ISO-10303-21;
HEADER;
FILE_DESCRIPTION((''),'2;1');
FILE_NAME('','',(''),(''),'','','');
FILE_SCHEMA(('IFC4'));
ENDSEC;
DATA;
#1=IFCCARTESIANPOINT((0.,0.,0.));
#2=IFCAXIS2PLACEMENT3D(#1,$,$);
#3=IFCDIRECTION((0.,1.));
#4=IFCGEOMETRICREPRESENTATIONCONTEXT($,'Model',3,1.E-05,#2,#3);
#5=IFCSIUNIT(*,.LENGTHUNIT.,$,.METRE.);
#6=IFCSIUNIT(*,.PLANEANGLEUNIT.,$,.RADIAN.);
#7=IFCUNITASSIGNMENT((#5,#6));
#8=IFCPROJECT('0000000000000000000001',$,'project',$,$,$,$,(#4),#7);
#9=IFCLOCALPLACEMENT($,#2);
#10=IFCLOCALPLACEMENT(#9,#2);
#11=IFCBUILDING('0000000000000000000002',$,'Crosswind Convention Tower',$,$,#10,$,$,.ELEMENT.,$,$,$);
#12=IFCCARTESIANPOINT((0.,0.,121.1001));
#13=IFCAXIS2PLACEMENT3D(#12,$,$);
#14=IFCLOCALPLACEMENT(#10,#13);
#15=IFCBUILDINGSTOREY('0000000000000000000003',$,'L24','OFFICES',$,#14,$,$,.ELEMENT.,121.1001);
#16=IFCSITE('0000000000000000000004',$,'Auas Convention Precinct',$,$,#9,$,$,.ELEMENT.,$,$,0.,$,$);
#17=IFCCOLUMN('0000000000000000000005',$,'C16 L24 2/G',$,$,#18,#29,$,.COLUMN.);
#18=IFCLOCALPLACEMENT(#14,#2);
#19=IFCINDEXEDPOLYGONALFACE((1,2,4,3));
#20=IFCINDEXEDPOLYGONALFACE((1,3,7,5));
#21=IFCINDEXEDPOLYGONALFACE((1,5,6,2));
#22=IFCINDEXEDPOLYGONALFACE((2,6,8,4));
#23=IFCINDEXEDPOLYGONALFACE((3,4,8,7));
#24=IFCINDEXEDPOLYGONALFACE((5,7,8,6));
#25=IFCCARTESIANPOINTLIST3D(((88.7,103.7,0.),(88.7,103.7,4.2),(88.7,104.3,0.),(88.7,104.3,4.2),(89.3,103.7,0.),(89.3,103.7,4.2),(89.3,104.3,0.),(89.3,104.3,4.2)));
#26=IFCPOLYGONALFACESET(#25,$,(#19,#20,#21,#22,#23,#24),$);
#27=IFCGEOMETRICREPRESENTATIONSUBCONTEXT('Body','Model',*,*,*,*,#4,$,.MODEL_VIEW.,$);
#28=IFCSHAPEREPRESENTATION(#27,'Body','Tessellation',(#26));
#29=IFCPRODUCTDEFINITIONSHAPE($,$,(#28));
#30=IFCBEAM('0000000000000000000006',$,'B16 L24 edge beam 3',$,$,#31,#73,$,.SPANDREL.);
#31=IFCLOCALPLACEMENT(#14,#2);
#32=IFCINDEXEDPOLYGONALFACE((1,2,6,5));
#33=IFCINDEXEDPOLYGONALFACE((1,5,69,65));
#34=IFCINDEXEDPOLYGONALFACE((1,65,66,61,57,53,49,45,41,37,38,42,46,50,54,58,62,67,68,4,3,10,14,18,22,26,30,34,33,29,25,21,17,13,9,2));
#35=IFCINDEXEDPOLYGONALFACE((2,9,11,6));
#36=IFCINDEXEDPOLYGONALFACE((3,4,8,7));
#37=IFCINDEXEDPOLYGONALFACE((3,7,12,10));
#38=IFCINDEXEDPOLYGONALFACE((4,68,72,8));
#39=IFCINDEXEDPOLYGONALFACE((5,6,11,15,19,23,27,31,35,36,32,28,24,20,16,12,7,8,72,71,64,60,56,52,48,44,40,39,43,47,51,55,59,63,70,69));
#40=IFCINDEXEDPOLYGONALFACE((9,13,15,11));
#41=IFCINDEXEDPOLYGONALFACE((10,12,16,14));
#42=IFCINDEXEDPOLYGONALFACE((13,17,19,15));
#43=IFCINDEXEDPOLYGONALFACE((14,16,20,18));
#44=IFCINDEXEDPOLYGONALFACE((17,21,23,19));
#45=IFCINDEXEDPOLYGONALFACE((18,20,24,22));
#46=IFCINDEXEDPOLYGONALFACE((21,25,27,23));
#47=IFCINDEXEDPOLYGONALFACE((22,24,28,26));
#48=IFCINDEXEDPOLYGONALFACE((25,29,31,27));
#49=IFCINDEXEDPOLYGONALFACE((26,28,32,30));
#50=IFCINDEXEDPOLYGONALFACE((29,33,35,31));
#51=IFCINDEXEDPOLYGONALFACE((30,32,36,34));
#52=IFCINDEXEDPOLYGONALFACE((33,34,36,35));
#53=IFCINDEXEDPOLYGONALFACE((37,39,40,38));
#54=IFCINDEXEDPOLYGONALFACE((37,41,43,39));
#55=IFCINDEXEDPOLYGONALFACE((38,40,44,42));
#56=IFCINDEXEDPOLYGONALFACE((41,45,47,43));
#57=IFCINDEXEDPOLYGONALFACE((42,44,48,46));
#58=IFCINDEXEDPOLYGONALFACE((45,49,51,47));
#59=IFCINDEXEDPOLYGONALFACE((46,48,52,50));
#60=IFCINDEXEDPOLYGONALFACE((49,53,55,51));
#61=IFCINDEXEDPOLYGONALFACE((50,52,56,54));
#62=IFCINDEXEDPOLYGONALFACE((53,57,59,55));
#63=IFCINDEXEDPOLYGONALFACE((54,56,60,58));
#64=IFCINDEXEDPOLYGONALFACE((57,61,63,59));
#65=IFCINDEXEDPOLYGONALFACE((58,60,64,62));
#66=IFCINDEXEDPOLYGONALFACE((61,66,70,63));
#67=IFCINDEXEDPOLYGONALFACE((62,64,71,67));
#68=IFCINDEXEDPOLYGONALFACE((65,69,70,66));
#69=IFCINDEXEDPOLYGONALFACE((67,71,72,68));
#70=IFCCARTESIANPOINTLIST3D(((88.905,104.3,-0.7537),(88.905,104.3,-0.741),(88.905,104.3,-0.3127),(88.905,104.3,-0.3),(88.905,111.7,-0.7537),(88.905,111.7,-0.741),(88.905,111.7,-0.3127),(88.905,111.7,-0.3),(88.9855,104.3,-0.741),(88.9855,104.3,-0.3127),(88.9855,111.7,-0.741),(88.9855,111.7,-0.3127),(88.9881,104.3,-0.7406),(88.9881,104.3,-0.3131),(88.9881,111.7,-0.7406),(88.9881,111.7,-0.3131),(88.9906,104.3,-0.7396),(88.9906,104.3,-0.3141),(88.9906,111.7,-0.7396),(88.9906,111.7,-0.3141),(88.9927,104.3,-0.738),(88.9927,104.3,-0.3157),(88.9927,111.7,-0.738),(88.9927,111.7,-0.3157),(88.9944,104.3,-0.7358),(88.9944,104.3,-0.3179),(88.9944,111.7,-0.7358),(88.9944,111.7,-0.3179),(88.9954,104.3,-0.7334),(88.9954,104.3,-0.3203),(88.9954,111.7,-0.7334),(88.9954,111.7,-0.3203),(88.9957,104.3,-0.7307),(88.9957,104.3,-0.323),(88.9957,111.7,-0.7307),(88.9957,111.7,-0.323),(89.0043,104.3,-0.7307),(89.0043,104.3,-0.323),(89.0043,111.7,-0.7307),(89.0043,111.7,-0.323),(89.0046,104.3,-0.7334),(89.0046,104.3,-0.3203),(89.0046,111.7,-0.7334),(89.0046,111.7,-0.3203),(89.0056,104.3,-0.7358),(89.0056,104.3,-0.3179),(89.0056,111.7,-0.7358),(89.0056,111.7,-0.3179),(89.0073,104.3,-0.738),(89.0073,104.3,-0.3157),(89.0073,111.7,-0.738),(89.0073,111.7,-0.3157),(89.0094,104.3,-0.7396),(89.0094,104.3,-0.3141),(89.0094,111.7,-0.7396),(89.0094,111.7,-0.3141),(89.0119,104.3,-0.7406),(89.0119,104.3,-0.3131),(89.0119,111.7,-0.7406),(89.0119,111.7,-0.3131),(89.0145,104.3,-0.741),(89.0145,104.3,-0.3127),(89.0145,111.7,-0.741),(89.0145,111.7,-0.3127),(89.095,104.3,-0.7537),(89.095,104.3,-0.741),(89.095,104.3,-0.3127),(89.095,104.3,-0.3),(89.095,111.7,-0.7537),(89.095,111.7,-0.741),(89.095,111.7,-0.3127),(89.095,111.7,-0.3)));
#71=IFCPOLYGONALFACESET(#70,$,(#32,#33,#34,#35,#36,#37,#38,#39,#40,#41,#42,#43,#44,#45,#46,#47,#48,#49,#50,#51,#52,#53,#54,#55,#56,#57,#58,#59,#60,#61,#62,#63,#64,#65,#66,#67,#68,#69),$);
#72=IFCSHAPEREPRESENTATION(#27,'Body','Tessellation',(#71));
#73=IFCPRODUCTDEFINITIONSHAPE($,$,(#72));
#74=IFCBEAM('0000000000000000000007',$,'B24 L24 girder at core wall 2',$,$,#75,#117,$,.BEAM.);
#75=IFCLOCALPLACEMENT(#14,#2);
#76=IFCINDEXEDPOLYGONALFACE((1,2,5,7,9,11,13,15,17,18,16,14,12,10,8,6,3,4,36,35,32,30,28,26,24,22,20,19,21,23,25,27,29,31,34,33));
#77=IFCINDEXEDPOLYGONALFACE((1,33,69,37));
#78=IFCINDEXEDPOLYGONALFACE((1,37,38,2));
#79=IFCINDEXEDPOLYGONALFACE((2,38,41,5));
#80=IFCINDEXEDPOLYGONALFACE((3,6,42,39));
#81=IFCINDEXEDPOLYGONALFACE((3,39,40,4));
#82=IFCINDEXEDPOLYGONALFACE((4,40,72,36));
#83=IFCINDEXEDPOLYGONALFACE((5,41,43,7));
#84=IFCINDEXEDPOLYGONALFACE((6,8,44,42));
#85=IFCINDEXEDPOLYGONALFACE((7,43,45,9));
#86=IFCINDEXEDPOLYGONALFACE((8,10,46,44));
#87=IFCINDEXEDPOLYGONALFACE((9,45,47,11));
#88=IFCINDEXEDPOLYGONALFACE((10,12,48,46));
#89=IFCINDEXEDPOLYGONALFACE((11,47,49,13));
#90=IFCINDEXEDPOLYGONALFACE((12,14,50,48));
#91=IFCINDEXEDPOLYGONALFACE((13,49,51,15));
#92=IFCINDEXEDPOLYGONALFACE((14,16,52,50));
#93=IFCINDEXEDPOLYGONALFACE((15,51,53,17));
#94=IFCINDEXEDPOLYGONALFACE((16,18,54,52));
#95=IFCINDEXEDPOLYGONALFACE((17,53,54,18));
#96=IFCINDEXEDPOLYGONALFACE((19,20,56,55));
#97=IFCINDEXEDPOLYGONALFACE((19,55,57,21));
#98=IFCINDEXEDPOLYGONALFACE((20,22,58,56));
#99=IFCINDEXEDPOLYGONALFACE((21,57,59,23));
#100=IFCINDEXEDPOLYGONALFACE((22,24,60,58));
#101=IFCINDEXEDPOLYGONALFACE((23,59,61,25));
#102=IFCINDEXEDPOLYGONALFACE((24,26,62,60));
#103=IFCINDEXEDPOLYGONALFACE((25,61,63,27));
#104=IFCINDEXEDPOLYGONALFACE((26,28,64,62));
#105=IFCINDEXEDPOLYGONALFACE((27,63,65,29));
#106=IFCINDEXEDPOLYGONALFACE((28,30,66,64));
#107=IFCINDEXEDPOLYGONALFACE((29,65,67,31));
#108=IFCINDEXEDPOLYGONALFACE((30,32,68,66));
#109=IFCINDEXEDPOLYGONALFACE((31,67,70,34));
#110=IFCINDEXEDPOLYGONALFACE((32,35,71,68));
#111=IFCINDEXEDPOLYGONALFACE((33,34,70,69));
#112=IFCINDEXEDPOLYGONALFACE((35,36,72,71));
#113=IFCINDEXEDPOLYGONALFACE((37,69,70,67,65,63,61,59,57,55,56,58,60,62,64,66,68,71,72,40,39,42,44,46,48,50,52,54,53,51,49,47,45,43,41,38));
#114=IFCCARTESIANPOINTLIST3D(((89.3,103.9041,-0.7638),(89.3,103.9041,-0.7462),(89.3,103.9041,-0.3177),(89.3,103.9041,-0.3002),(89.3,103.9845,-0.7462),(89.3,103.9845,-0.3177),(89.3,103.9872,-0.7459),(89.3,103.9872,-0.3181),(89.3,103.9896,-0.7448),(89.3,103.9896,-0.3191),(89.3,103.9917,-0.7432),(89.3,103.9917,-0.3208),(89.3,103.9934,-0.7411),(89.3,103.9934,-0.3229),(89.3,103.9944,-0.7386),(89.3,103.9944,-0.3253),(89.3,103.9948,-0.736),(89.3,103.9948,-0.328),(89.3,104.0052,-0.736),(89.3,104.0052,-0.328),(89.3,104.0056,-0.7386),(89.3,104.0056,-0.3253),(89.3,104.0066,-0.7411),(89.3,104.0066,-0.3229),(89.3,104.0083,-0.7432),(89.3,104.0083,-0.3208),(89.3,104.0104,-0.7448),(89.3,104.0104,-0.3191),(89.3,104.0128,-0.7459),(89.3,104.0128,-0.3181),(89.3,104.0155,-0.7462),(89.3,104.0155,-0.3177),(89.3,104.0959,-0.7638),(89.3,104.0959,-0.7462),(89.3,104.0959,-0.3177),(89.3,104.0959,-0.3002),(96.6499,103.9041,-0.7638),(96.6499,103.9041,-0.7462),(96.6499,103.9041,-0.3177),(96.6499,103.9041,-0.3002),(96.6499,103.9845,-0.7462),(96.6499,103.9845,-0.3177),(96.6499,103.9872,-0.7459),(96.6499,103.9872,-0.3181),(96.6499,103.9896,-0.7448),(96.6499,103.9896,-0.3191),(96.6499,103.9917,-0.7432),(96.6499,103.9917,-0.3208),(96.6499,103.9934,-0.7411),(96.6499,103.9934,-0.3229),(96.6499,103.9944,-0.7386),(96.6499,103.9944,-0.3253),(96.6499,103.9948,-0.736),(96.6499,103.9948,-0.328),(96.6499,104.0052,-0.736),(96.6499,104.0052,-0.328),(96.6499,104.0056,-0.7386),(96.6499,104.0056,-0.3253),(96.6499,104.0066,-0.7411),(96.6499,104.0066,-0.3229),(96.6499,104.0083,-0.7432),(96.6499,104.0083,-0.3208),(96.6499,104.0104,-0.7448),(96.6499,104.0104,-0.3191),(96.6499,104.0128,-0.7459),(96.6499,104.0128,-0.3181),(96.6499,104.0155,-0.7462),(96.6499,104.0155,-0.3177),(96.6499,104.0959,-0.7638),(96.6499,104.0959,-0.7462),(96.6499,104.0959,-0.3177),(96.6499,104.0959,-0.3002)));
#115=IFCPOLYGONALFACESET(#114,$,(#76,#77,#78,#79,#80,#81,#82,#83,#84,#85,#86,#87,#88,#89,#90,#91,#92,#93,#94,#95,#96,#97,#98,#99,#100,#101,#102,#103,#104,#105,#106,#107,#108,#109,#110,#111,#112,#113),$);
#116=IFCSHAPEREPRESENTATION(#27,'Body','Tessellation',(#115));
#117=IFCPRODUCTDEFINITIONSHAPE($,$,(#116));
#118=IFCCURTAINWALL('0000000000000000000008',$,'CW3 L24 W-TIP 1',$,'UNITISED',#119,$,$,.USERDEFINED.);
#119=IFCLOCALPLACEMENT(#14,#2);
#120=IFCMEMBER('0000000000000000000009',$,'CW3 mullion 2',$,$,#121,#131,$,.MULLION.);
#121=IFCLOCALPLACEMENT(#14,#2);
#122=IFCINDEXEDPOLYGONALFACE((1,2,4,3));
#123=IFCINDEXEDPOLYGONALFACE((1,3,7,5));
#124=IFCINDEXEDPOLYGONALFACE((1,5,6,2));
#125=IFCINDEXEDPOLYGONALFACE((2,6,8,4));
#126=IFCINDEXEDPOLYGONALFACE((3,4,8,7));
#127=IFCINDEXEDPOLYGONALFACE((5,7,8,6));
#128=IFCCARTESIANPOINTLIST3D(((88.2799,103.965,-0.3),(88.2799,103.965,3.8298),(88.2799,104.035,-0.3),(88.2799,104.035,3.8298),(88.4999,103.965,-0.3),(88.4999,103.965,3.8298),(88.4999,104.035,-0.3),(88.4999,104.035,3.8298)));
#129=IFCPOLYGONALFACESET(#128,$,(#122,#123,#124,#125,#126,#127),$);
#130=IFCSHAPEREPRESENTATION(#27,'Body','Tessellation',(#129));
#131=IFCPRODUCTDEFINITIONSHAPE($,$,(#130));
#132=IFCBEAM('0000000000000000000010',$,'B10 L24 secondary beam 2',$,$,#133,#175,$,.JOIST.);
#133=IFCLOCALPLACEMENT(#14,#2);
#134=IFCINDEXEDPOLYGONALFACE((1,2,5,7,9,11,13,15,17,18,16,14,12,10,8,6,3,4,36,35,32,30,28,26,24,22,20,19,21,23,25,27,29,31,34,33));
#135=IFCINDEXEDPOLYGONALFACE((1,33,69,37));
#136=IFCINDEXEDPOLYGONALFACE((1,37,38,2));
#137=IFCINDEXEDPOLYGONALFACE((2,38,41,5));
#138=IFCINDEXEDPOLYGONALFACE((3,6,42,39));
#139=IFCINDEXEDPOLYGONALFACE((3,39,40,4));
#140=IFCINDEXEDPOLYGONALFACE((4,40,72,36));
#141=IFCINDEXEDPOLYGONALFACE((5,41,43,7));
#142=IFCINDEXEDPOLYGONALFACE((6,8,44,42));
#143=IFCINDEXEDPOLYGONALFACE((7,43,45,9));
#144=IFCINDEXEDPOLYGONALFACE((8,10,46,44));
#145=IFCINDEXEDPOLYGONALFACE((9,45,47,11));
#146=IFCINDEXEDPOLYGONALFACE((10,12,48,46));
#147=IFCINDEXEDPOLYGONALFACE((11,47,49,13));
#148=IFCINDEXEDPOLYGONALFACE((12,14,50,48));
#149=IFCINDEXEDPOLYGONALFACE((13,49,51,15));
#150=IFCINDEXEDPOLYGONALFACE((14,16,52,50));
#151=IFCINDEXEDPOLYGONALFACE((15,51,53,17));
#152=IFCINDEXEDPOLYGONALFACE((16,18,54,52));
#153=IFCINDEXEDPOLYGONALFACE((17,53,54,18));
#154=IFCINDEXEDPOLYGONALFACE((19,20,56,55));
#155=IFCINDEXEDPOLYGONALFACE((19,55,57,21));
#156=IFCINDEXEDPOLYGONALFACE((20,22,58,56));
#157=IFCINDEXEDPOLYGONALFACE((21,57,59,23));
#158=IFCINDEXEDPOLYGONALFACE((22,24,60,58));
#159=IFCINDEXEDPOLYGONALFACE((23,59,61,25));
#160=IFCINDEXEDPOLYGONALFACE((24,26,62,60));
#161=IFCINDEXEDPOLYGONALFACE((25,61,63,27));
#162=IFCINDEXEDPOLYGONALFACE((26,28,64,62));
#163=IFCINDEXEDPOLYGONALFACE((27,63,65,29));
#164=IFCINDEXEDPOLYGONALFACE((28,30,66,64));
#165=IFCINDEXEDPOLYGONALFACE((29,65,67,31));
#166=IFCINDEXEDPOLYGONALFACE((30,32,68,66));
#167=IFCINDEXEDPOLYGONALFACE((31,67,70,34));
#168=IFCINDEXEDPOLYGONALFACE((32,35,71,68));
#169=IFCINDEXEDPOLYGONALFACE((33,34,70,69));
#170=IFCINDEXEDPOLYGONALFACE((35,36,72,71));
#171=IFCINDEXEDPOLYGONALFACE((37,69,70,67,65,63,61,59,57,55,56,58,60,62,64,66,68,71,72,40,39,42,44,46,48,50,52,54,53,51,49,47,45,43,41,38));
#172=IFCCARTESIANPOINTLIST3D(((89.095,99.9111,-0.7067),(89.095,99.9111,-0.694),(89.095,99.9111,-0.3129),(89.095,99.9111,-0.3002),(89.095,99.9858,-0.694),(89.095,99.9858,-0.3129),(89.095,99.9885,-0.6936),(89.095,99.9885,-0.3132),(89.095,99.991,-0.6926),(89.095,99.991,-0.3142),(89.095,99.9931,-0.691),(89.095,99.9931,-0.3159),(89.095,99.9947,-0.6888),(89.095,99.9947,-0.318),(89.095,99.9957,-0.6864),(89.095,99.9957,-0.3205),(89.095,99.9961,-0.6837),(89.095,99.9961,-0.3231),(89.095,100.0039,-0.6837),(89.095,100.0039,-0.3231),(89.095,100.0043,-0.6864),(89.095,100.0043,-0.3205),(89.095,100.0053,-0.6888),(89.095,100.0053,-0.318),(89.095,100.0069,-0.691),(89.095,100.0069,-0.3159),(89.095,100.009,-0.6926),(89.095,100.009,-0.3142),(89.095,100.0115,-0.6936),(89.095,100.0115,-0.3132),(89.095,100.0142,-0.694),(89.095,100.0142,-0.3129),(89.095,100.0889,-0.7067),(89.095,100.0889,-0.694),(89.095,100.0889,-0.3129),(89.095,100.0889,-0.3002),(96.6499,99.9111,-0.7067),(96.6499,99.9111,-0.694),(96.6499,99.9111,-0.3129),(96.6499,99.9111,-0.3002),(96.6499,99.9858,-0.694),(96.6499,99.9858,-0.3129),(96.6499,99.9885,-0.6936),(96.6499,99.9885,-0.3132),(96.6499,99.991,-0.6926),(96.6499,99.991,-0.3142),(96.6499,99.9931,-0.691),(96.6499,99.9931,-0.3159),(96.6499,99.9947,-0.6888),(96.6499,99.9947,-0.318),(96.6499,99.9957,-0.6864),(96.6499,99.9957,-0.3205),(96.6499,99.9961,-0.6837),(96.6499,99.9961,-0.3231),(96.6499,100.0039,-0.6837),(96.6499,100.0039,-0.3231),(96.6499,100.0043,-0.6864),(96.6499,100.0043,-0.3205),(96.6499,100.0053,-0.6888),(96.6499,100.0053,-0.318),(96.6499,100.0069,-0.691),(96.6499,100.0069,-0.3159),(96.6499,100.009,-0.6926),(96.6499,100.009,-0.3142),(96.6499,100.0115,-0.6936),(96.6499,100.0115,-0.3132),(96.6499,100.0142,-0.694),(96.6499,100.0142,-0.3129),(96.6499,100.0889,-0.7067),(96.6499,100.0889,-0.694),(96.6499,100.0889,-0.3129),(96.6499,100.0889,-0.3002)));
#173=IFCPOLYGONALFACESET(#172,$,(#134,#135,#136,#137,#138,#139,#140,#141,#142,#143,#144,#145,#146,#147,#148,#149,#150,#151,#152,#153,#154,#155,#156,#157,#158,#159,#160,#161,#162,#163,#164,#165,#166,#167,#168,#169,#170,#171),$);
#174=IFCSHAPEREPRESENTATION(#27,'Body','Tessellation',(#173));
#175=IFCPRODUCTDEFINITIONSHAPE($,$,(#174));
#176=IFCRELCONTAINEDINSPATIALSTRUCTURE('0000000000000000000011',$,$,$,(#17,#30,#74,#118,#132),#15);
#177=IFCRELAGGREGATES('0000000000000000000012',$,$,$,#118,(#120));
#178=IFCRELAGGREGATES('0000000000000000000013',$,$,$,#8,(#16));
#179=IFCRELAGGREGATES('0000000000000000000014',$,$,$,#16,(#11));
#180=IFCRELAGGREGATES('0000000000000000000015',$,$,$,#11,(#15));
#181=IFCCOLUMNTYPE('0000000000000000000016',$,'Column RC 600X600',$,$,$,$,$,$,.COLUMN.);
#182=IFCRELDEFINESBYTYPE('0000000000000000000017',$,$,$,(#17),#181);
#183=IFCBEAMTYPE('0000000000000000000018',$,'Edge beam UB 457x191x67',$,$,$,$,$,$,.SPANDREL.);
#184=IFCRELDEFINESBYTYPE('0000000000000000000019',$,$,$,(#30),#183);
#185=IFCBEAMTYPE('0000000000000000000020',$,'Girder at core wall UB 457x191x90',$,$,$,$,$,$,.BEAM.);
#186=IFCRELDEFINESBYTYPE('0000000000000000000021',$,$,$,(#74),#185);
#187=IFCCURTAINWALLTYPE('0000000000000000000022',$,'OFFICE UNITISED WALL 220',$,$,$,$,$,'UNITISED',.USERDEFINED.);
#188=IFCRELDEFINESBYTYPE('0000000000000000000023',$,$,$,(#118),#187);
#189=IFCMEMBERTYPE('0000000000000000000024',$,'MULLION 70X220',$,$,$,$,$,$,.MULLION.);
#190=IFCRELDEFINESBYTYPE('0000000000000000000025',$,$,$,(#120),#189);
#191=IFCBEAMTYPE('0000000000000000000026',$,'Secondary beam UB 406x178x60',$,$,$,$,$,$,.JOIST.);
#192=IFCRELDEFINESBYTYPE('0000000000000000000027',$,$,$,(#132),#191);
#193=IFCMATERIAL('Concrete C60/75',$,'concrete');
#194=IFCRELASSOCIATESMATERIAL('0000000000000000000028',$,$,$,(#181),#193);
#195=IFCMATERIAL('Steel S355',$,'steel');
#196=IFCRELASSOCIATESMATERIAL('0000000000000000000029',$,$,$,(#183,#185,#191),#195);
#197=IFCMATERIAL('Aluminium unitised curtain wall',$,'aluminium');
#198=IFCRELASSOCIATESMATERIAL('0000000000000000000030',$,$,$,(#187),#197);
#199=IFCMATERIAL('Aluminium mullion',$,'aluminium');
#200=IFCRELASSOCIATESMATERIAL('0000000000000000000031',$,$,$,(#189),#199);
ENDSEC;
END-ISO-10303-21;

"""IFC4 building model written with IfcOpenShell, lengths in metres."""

from ifc_helpers import new_model, si_unit, direction, frame, origin, origin_2d, place, context, subcontext, project, spatial, rectangle, i_section, extrude, material, material_profile, profile_set, type_object, element, aggregate, save


model = new_model("IFC4")

# Units and contexts
model_context = context("Model", 3, precision=1e-05, world=origin(), true_north=direction((0.0, 1.0)))
body_context = subcontext(model_context, "Body", "Model", "MODEL_VIEW")
ifc_project = project(units=[si_unit("LENGTHUNIT", "METRE"), si_unit("PLANEANGLEUNIT", "RADIAN")], contexts=[model_context])

# Site, building, storey
site_placement = place(None, origin())
site = spatial("IfcSite", under=ifc_project, at=site_placement, Name="Auas Convention Precinct", CompositionType="ELEMENT", RefElevation=0.0)
building_placement = place(site_placement, origin())
building = spatial("IfcBuilding", under=site, at=building_placement, Name="Crosswind Convention Tower", CompositionType="ELEMENT")
storey_placement = place(building_placement, frame((0.0, 0.0, 121.1001)))
storey = spatial("IfcBuildingStorey", under=building, at=storey_placement, Name="L24", Description="OFFICES", CompositionType="ELEMENT", Elevation=121.1001)

# Column
ifc_material_1 = material(Name="Concrete C60/75", Category="concrete")
ifc_material_profile_1 = material_profile(ifc_material_1, rectangle(XDim=0.6001, YDim=0.6001, at=origin_2d()), Name="RC 600X600")
ifc_profile_set_1 = profile_set([ifc_material_profile_1], Name="Concrete C60/75")
column_type = type_object("IfcColumnType", Name="Column RC 600X600", PredefinedType="COLUMN", material=ifc_profile_set_1)
column_placement = place(storey_placement, frame((89.0, 104.0, 0.0), z_axis=(0.0, 0.0, 1.0), x_axis=(1.0, 0.0, 0.0)))
element("IfcColumn", 1, at=column_placement, inside=storey, type_object=column_type, Name="C16 L24 2/G", PredefinedType="COLUMN", context=body_context, shape_type="SweptSolid", body=[
    extrude(rectangle(XDim=0.6001, YDim=0.6001, at=origin_2d()), origin(), (0.0, 0.0, 1.0), 4.2),
])

# Beams
ifc_material_2 = material(Name="Steel S355", Category="steel")
ifc_material_profile_2 = material_profile(ifc_material_2, i_section(OverallWidth=0.1899, OverallDepth=0.4536, WebThickness=0.0085, FlangeThickness=0.0127, FilletRadius=0.0103, at=origin_2d()), Name="UB 457x191x67")
ifc_profile_set_2 = profile_set([ifc_material_profile_2], Name="Steel S355")
beam_type_1 = type_object("IfcBeamType", Name="Edge beam UB 457x191x67", PredefinedType="SPANDREL", material=ifc_profile_set_2)
beam_1_placement = place(storey_placement, frame((89.0, 104.3, -0.5269), z_axis=(0.0, 1.0, 0.0), x_axis=(-1.0, 0.0, 0.0)))
element("IfcBeam", 2, at=beam_1_placement, inside=storey, type_object=beam_type_1, Name="B16 L24 edge beam 3", PredefinedType="SPANDREL", context=body_context, shape_type="SweptSolid", body=[
    extrude(i_section(OverallWidth=0.1899, OverallDepth=0.4536, WebThickness=0.0085, FlangeThickness=0.0127, FilletRadius=0.0103, at=origin_2d()), origin(), (0.0, 0.0, 1.0), 7.3999),
])
ifc_material_profile_3 = material_profile(ifc_material_2, i_section(OverallWidth=0.1919, OverallDepth=0.4636, WebThickness=0.0105, FlangeThickness=0.0176, FilletRadius=0.0103, at=origin_2d()), Name="UB 457x191x90")
ifc_profile_set_3 = profile_set([ifc_material_profile_3], Name="Steel S355")
beam_type_2 = type_object("IfcBeamType", Name="Girder at core wall UB 457x191x90", PredefinedType="BEAM", material=ifc_profile_set_3)
beam_2_placement = place(storey_placement, frame((89.3, 104.0, -0.532), z_axis=(1.0, 0.0, 0.0), x_axis=(0.0, 1.0, 0.0)))
element("IfcBeam", 3, at=beam_2_placement, inside=storey, type_object=beam_type_2, Name="B24 L24 girder at core wall 2", PredefinedType="BEAM", context=body_context, shape_type="SweptSolid", body=[
    extrude(i_section(OverallWidth=0.1919, OverallDepth=0.4636, WebThickness=0.0105, FlangeThickness=0.0176, FilletRadius=0.0103, at=origin_2d()), origin(), (0.0, 0.0, 1.0), 7.3499),
])

# Curtain wall, member
ifc_material_3 = material(Name="Aluminium unitised curtain wall", Category="aluminium")
curtain_wall_type = type_object("IfcCurtainWallType", Name="OFFICE UNITISED WALL 220", ElementType="UNITISED", PredefinedType="USERDEFINED", material=ifc_material_3)
curtain_wall_placement = place(storey_placement, origin())
curtain_wall = element("IfcCurtainWall", 4, at=curtain_wall_placement, inside=storey, type_object=curtain_wall_type, Name="CW3 L24 W-TIP 1", ObjectType="UNITISED", PredefinedType="USERDEFINED")
ifc_material_4 = material(Name="Aluminium mullion", Category="aluminium")
ifc_material_profile_4 = material_profile(ifc_material_4, rectangle(XDim=0.22, YDim=0.0701, at=origin_2d()), Name="AL 220X70")
ifc_profile_set_4 = profile_set([ifc_material_profile_4], Name="Aluminium mullion")
member_type = type_object("IfcMemberType", Name="MULLION 70X220", PredefinedType="MULLION", material=ifc_profile_set_4)
member_placement = place(storey_placement, frame((88.3899, 104.0, -0.3), z_axis=(0.0, 0.0, 1.0), x_axis=(-1.0, 0.0, 0.0)))
member = element("IfcMember", 5, at=member_placement, type_object=member_type, Name="CW3 mullion 2", PredefinedType="MULLION", context=body_context, shape_type="SweptSolid", body=[
    extrude(rectangle(XDim=0.22, YDim=0.0701, at=origin_2d()), origin(), (0.0, 0.0, 1.0), 4.1299),
])

# Beam
ifc_material_profile_5 = material_profile(ifc_material_2, i_section(OverallWidth=0.1777, OverallDepth=0.4065, WebThickness=0.0078, FlangeThickness=0.0127, FilletRadius=0.0103, at=origin_2d()), Name="UB 406x178x60")
ifc_profile_set_5 = profile_set([ifc_material_profile_5], Name="Steel S355")
beam_type_3 = type_object("IfcBeamType", Name="Secondary beam UB 406x178x60", PredefinedType="JOIST", material=ifc_profile_set_5)
for number, where, z_axis, x_axis, name in (
    (6, (89.095, 100.0, -0.5034), (1.0, 0.0, 0.0), (0.0, 1.0, 0.0), "B10 L24 secondary beam 2"),
):
    element("IfcBeam", number, at=place(storey_placement, frame(where, z_axis=z_axis, x_axis=x_axis)), inside=storey, type_object=beam_type_3, Name=name, PredefinedType="JOIST", context=body_context, shape_type="SweptSolid", body=[
        extrude(i_section(OverallWidth=0.1777, OverallDepth=0.4065, WebThickness=0.0078, FlangeThickness=0.0127, FilletRadius=0.0103, at=origin_2d()), origin(), (0.0, 0.0, 1.0), 7.5549),
    ])

aggregate(curtain_wall, [member])

save(model, "model.ifc")
